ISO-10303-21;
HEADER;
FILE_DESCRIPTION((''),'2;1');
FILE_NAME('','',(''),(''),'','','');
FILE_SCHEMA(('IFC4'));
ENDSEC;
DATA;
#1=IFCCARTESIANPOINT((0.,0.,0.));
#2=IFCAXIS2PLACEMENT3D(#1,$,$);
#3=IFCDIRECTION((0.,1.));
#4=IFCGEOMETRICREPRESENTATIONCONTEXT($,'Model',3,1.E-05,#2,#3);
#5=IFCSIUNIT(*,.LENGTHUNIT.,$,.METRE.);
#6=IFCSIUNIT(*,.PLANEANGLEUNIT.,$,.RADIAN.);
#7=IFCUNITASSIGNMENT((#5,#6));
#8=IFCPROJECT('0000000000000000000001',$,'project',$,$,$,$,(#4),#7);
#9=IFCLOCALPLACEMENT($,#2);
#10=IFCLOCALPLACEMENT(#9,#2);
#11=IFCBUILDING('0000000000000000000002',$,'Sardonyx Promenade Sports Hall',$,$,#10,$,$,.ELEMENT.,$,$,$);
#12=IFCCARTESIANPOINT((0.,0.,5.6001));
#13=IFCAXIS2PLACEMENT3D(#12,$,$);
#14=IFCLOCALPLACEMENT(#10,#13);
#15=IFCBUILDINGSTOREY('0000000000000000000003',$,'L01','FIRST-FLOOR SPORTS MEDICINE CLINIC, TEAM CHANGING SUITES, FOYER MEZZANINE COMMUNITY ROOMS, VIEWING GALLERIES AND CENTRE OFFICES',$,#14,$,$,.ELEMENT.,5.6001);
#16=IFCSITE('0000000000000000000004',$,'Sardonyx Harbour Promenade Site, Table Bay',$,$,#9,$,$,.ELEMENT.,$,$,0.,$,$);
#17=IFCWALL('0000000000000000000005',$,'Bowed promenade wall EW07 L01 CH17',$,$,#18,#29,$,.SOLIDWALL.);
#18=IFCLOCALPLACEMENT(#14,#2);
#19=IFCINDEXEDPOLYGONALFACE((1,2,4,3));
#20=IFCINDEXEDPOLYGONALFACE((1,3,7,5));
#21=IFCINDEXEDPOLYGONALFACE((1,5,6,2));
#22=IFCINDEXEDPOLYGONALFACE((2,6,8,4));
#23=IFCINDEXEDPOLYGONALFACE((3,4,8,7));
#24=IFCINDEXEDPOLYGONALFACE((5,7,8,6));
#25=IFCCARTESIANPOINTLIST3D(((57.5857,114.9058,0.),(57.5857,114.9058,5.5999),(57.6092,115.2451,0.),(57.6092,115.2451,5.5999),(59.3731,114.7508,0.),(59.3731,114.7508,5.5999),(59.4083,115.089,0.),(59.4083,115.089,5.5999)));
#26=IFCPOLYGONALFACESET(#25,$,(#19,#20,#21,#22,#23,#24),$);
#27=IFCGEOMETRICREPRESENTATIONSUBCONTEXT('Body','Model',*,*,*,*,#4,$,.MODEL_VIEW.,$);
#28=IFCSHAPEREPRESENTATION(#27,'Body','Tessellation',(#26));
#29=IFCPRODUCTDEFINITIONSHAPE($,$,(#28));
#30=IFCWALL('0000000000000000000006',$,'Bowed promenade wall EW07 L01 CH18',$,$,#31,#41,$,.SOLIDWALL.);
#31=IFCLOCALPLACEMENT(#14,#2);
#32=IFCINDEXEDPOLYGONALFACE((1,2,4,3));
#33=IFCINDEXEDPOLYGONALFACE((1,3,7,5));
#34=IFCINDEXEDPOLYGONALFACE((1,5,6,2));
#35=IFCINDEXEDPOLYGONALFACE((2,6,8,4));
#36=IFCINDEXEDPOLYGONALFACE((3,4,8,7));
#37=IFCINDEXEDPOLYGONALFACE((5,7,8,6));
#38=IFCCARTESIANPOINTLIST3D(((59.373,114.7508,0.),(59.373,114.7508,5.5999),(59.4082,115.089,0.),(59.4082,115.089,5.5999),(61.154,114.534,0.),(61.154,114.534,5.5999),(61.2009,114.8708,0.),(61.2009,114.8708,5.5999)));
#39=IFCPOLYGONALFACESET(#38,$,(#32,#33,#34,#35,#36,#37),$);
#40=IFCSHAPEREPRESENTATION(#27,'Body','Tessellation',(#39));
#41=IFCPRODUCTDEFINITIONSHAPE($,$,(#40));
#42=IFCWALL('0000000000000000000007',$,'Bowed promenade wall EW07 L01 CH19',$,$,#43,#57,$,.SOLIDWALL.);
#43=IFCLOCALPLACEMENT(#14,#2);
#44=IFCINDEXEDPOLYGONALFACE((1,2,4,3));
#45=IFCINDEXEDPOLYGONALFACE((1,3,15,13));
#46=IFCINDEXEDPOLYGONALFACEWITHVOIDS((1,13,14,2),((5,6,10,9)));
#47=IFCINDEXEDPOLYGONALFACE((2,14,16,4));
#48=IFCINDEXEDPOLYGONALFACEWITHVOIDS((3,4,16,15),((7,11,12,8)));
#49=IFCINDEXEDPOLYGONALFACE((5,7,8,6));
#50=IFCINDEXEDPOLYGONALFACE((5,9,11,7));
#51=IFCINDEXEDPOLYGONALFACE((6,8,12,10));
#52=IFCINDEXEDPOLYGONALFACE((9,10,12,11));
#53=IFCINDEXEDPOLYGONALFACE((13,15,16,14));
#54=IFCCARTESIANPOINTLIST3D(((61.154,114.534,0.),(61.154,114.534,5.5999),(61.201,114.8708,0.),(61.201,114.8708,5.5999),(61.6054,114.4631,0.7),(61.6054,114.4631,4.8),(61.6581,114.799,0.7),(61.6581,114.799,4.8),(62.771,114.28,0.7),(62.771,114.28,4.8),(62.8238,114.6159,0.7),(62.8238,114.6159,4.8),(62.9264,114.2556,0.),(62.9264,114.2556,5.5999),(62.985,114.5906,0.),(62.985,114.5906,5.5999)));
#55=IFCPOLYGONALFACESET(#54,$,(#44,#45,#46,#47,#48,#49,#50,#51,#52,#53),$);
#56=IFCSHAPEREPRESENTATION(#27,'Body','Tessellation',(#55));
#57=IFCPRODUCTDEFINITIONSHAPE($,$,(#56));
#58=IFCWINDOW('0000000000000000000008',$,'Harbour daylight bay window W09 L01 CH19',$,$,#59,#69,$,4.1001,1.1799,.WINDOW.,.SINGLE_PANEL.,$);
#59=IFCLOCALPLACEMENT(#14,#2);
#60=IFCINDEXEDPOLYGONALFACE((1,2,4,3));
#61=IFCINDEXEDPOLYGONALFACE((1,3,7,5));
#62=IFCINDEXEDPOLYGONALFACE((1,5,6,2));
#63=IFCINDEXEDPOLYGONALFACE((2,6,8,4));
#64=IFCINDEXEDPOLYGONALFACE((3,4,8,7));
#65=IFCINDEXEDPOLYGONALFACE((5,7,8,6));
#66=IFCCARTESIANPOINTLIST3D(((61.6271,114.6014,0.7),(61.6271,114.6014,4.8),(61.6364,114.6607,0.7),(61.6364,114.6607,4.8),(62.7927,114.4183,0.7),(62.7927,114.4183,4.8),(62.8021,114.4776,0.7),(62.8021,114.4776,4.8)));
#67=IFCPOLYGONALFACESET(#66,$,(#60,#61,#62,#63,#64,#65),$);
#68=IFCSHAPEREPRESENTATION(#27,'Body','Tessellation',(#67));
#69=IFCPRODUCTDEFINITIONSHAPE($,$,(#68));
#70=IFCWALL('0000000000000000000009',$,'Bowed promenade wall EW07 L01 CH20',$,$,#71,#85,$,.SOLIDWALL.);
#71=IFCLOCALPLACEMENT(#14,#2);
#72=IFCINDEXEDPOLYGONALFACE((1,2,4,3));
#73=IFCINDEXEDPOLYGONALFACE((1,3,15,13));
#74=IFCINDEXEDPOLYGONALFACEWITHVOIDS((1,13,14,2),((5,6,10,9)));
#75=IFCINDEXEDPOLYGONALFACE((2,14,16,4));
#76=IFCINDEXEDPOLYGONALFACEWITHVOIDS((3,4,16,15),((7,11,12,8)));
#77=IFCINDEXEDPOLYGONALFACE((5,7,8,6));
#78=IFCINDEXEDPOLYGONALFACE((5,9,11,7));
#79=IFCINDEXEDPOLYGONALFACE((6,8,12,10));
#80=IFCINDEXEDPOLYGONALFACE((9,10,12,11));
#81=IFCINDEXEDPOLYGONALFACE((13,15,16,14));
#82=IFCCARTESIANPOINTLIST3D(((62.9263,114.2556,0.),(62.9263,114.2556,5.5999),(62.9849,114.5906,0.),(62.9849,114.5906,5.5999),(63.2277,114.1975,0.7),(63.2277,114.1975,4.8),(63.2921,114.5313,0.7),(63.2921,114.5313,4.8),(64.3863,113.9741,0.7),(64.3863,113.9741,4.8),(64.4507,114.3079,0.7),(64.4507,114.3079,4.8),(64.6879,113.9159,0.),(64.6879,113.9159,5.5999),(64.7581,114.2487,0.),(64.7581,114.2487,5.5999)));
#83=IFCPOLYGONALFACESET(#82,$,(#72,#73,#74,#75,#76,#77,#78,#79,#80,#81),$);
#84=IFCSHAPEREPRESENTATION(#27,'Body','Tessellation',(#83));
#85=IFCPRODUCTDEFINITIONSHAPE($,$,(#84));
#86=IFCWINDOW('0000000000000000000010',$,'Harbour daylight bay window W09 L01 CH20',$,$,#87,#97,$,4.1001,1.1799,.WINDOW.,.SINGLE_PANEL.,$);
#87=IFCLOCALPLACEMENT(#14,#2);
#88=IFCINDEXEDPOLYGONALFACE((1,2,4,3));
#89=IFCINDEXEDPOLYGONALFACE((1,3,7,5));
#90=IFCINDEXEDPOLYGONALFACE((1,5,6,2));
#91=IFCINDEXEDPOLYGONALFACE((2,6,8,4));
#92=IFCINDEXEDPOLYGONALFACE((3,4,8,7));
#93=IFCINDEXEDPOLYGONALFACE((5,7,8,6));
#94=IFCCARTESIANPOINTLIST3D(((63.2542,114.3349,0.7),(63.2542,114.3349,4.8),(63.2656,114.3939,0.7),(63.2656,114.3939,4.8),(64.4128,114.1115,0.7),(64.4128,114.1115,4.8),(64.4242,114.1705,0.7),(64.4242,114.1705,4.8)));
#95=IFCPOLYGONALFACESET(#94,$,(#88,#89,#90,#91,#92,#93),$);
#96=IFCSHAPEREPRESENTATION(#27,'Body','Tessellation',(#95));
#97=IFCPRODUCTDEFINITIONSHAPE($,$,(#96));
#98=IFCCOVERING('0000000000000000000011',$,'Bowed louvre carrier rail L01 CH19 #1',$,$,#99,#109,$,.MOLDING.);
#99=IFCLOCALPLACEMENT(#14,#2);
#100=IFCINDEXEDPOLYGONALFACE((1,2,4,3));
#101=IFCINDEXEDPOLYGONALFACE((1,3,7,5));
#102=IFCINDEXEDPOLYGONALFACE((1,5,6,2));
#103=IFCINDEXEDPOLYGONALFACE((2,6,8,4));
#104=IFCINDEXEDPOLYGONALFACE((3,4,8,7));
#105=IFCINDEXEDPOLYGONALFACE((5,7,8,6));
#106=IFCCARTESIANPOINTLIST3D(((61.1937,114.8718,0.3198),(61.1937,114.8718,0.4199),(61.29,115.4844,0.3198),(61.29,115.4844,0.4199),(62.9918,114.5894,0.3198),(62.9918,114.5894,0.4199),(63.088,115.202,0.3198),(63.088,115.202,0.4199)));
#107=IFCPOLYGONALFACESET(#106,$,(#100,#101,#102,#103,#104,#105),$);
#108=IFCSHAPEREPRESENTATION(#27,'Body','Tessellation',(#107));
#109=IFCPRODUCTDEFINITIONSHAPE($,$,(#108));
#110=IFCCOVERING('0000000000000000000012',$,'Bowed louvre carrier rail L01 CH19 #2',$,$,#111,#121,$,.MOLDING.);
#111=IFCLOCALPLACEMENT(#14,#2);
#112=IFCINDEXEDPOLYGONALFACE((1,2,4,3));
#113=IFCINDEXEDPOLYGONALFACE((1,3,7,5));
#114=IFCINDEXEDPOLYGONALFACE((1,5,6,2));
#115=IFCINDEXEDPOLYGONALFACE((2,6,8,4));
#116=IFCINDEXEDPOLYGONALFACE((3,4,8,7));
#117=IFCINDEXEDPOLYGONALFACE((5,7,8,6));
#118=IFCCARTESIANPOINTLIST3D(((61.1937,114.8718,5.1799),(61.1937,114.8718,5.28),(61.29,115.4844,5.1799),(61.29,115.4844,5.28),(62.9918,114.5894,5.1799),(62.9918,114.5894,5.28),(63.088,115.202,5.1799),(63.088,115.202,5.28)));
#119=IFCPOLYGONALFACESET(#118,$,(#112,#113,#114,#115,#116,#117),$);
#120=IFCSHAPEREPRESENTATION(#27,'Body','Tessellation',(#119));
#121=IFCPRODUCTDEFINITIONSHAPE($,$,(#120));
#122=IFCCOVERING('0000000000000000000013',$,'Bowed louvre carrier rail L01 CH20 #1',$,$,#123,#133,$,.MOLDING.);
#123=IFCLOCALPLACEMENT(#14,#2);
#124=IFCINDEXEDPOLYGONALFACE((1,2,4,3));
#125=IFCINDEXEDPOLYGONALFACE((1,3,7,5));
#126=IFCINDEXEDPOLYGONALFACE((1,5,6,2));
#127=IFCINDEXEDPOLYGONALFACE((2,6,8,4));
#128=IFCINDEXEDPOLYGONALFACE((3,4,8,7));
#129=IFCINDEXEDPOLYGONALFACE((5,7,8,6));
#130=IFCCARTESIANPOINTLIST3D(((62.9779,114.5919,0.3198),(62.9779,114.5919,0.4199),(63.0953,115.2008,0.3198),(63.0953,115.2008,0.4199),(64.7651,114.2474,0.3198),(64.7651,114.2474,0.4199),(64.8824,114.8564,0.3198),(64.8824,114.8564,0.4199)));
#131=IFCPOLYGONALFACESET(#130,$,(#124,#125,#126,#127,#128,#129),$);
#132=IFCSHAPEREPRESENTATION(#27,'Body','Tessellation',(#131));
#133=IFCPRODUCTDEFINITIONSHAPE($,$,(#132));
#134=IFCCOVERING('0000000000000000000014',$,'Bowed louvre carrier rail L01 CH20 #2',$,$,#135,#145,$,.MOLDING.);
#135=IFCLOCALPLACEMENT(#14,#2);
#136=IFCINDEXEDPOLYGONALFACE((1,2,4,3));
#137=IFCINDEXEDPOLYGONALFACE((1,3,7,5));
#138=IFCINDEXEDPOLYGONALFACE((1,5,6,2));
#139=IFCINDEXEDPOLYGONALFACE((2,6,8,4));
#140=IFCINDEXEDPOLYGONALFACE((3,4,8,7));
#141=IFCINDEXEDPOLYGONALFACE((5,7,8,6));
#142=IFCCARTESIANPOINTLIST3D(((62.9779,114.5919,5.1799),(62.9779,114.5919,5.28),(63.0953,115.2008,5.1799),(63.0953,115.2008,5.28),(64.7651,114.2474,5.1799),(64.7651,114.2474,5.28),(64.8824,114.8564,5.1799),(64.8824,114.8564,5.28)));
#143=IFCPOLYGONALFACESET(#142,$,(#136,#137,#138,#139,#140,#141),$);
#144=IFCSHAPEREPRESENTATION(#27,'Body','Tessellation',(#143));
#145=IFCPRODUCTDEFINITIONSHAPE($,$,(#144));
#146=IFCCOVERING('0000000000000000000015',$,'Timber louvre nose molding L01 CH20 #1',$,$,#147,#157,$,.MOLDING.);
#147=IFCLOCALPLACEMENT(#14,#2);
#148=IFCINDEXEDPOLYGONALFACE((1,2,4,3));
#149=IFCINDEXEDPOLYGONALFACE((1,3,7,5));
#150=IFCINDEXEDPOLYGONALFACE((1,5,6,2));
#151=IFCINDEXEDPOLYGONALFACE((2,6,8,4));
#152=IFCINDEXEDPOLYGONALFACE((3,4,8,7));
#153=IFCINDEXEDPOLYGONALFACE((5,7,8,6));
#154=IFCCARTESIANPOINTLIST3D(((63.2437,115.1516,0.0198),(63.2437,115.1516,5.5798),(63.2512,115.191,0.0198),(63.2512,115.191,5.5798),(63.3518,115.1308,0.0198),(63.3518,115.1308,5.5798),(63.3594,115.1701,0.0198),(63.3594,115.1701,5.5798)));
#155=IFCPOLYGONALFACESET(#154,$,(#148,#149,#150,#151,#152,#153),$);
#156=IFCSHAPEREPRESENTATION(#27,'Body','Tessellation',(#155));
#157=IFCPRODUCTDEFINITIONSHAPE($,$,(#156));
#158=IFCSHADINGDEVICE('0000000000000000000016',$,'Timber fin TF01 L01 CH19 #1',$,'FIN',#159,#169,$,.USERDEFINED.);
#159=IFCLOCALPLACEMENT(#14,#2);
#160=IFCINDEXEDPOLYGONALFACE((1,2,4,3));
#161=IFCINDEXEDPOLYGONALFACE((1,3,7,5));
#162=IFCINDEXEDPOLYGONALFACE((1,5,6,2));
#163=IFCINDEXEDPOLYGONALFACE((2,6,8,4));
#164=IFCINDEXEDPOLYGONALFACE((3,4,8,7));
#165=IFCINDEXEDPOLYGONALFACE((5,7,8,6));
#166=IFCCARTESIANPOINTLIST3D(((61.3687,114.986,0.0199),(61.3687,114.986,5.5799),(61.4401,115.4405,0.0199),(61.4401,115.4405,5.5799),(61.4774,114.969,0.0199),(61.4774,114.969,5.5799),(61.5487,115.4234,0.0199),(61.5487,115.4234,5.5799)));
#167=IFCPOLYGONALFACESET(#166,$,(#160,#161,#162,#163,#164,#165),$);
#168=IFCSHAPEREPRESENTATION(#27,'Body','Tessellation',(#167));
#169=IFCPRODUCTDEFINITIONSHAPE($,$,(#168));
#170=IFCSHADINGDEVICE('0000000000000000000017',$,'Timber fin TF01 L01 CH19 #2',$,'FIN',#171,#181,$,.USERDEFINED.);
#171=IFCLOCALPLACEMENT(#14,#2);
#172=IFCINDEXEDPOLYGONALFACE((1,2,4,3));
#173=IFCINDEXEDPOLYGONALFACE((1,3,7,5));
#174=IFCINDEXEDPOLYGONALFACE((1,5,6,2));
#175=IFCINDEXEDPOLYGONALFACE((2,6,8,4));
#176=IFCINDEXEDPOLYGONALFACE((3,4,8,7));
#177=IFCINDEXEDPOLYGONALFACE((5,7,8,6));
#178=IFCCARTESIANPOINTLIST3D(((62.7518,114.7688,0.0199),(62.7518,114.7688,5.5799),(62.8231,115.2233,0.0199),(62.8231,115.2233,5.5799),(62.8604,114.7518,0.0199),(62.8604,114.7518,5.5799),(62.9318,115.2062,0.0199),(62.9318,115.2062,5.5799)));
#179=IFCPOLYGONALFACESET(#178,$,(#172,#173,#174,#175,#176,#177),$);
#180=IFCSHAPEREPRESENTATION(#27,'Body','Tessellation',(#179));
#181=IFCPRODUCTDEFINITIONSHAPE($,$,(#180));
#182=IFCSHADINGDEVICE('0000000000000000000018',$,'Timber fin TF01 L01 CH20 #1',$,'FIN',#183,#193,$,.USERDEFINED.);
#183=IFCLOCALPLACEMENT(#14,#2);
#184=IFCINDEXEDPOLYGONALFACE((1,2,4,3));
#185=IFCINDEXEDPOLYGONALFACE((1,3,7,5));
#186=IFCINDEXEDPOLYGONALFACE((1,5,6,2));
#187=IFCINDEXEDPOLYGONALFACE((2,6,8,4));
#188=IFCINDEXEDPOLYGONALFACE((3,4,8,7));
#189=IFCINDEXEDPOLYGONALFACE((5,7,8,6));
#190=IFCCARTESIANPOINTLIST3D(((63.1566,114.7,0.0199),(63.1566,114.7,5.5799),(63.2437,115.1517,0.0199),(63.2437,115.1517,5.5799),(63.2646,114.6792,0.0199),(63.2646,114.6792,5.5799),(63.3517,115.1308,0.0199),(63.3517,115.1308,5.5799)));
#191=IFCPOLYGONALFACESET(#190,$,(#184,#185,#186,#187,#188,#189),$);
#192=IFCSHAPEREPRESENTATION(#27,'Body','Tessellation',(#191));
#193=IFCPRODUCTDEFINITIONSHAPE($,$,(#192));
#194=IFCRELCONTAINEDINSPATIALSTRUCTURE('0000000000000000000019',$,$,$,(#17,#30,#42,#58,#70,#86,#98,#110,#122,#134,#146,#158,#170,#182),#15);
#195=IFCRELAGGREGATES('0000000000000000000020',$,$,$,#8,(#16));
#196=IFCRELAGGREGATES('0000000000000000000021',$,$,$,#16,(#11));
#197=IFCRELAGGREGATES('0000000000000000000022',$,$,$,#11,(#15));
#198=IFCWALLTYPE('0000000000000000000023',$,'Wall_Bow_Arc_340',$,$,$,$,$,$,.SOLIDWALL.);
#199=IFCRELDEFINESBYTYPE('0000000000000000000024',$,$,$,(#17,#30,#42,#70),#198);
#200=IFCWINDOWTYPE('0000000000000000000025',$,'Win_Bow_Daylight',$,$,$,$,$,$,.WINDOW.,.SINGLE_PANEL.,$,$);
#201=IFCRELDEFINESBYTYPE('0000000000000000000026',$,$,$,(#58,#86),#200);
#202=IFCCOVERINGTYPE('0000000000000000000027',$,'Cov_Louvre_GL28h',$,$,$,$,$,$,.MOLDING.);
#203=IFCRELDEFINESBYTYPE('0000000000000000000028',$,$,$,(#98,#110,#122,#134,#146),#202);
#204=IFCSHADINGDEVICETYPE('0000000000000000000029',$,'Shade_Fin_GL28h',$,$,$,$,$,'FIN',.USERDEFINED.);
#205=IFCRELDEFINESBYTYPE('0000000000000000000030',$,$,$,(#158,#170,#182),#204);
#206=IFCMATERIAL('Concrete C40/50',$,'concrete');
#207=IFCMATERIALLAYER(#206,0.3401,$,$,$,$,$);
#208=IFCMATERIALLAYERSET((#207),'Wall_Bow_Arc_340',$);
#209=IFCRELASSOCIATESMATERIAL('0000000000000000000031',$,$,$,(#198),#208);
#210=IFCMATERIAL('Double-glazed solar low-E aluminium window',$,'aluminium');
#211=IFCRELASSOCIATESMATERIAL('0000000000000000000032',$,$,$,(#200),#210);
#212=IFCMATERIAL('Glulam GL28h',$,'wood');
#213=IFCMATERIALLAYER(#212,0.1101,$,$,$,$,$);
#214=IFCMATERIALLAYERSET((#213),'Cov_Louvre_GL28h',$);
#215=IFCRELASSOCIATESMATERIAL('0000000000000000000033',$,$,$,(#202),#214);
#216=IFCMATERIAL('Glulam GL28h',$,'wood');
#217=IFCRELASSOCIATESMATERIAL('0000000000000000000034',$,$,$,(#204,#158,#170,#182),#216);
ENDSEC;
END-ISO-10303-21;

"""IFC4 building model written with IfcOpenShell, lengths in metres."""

from ifc_helpers import new_model, si_unit, direction, frame, frame_2d, origin, origin_2d, place, context, subcontext, project, spatial, polyline, rectangle, outline, extrude, material, layer, layer_set, type_object, element, fill, save


model = new_model("IFC4")

# Units and contexts
model_context = context("Model", 3, precision=1e-05, world=origin(), true_north=direction((0.0, 1.0)))
body_context = subcontext(model_context, "Body", "Model", "MODEL_VIEW")
ifc_project = project(units=[si_unit("LENGTHUNIT", "METRE"), si_unit("PLANEANGLEUNIT", "RADIAN")], contexts=[model_context])

# Site, building, storey
site_placement = place(None, origin())
site = spatial("IfcSite", under=ifc_project, at=site_placement, Name="Sardonyx Harbour Promenade Site, Table Bay", CompositionType="ELEMENT", RefElevation=0.0)
building_placement = place(site_placement, origin())
building = spatial("IfcBuilding", under=site, at=building_placement, Name="Sardonyx Promenade Sports Hall", CompositionType="ELEMENT")
storey_placement = place(building_placement, frame((0.0, 0.0, 5.6001)))
storey = spatial("IfcBuildingStorey", under=building, at=storey_placement, Name="L01", Description="FIRST-FLOOR SPORTS MEDICINE CLINIC, TEAM CHANGING SUITES, FOYER MEZZANINE COMMUNITY ROOMS, VIEWING GALLERIES AND CENTRE OFFICES", CompositionType="ELEMENT", Elevation=5.6001)

# Shared definitions
ifc_material_1 = material(Name="Concrete C40/50", Category="concrete")
ifc_layer_1 = layer(ifc_material_1, 0.3401)
ifc_layer_set_1 = layer_set([ifc_layer_1], Name="Wall_Bow_Arc_340")
wall_type = type_object("IfcWallType", Name="Wall_Bow_Arc_340", PredefinedType="SOLIDWALL", material=ifc_layer_set_1)

# Shared definitions
ifc_material_2 = material(Name="Double-glazed solar low-E aluminium window", Category="aluminium")
window_type = type_object("IfcWindowType", Name="Win_Bow_Daylight", PartitioningType="SINGLE_PANEL", PredefinedType="WINDOW", material=ifc_material_2)

# Walls
wall_1_placement = place(storey_placement, frame((57.5974, 115.0754, 0.0), z_axis=(0.0, 0.0, 1.0), x_axis=(0.99626, -0.086401, 0.0)))
element("IfcWall", 1, at=wall_1_placement, inside=storey, type_object=wall_type, Name="Bowed promenade wall EW07 L01 CH17", PredefinedType="SOLIDWALL", context=body_context, shape_type="SweptSolid", body=[
    extrude(outline(polyline([(0.0029, -0.17), (1.7971, -0.17), (1.8029, 0.17), (-0.0029, 0.17), (0.0029, -0.17)])), origin(), (0.0, 0.0, 1.0), 5.5999),
])
wall_2_placement = place(storey_placement, frame((59.3906, 114.9199, 0.0), z_axis=(0.0, 0.0, 1.0), x_axis=(0.992671, -0.120846, 0.0)))
element("IfcWall", 2, at=wall_2_placement, inside=storey, type_object=wall_type, Name="Bowed promenade wall EW07 L01 CH18", PredefinedType="SOLIDWALL", context=body_context, shape_type="SweptSolid", body=[
    extrude(outline(polyline([(0.0029, -0.17), (1.7971, -0.17), (1.8029, 0.17), (-0.0029, 0.17), (0.0029, -0.17)])), origin(), (0.0, 0.0, 1.0), 5.5999),
])

# Walls, openings, windows
wall_3_placement = place(storey_placement, frame((61.1775, 114.7024, 0.0), z_axis=(0.0, 0.0, 1.0), x_axis=(0.987887, -0.155175, 0.0)))
wall_3 = element("IfcWall", 3, at=wall_3_placement, inside=storey, type_object=wall_type, Name="Bowed promenade wall EW07 L01 CH19", PredefinedType="SOLIDWALL", context=body_context, shape_type="SweptSolid", body=[
    extrude(outline(polyline([(0.0029, -0.17), (1.7971, -0.17), (1.8029, 0.17), (-0.0029, 0.17), (0.0029, -0.17)])), origin(), (0.0, 0.0, 1.0), 5.5999),
])
opening_1_placement = place(wall_3_placement, frame((0.46, 0.0, 0.7)))
opening_1 = element("IfcOpeningElement", 4, at=opening_1_placement, cuts=wall_3, PredefinedType="OPENING", context=body_context, shape_type="SweptSolid", body=[
    extrude(rectangle(XDim=1.1799, YDim=4.1001, at=frame_2d((0.5898, 2.05))), frame((0.0, 0.18, 0.0), z_axis=(0.0, -1.0, 0.0), x_axis=(1.0, 0.0, 0.0)), (0.0, 0.0, 1.0), 0.36),
])
window_1_placement = place(opening_1_placement, origin())
window_1 = element("IfcWindow", 5, at=window_1_placement, inside=storey, type_object=window_type, Name="Harbour daylight bay window W09 L01 CH19", OverallHeight=4.1001, OverallWidth=1.1799, PartitioningType="SINGLE_PANEL", PredefinedType="WINDOW", context=body_context, shape_type="SweptSolid", body=[
    extrude(rectangle(XDim=1.1799, YDim=4.1001, at=frame_2d((0.5898, 2.05))), frame((0.0, 0.03, 0.0), z_axis=(0.0, -1.0, 0.0), x_axis=(1.0, 0.0, 0.0)), (0.0, 0.0, 1.0), 0.0601),
])
fill(opening_1, window_1)
wall_4_placement = place(storey_placement, frame((62.9556, 114.4231, 0.0), z_axis=(0.0, 0.0, 1.0), x_axis=(0.981913, -0.18933, 0.0)))
wall_4 = element("IfcWall", 6, at=wall_4_placement, inside=storey, type_object=wall_type, Name="Bowed promenade wall EW07 L01 CH20", PredefinedType="SOLIDWALL", context=body_context, shape_type="SweptSolid", body=[
    extrude(outline(polyline([(0.0029, -0.17), (1.7971, -0.17), (1.8029, 0.17), (-0.0029, 0.17), (0.0029, -0.17)])), origin(), (0.0, 0.0, 1.0), 5.5999),
])
opening_2_placement = place(wall_4_placement, frame((0.3101, 0.0, 0.7)))
opening_2 = element("IfcOpeningElement", 7, at=opening_2_placement, cuts=wall_4, PredefinedType="OPENING", context=body_context, shape_type="SweptSolid", body=[
    extrude(rectangle(XDim=1.1799, YDim=4.1001, at=frame_2d((0.5898, 2.05))), frame((0.0, 0.18, 0.0), z_axis=(0.0, -1.0, 0.0), x_axis=(1.0, 0.0, 0.0)), (0.0, 0.0, 1.0), 0.36),
])
window_2_placement = place(opening_2_placement, origin())
window_2 = element("IfcWindow", 8, at=window_2_placement, inside=storey, type_object=window_type, Name="Harbour daylight bay window W09 L01 CH20", OverallHeight=4.1001, OverallWidth=1.1799, PartitioningType="SINGLE_PANEL", PredefinedType="WINDOW", context=body_context, shape_type="SweptSolid", body=[
    extrude(rectangle(XDim=1.1799, YDim=4.1001, at=frame_2d((0.5898, 2.05))), frame((0.0, 0.03, 0.0), z_axis=(0.0, -1.0, 0.0), x_axis=(1.0, 0.0, 0.0)), (0.0, 0.0, 1.0), 0.0601),
])
fill(opening_2, window_2)

# Coverings
ifc_material_3 = material(Name="Glulam GL28h", Category="wood")
ifc_layer_2 = layer(ifc_material_3, 0.1101)
ifc_layer_set_2 = layer_set([ifc_layer_2], Name="Cov_Louvre_GL28h")
covering_type = type_object("IfcCoveringType", Name="Cov_Louvre_GL28h", PredefinedType="MOLDING", material=ifc_layer_set_2)
for number, where, z_axis, x_axis, name in (
    (9, (62.1409, 115.0369, 0.3198), (0.0, 0.0, 1.0), (0.987891, -0.155148, 0.0), "Bowed louvre carrier rail L01 CH19 #1"),
    (10, (62.1409, 115.0369, 5.1799), (0.0, 0.0, 1.0), (0.987891, -0.155148, 0.0), "Bowed louvre carrier rail L01 CH19 #2"),
    (11, (63.9302, 114.7241, 0.3198), (0.0, 0.0, 1.0), (0.98193, -0.189246, 0.0), "Bowed louvre carrier rail L01 CH20 #1"),
    (12, (63.9302, 114.7241, 5.1799), (0.0, 0.0, 1.0), (0.98193, -0.189246, 0.0), "Bowed louvre carrier rail L01 CH20 #2"),
):
    element("IfcCovering", number, at=place(storey_placement, frame(where, z_axis=z_axis, x_axis=x_axis)), inside=storey, type_object=covering_type, Name=name, PredefinedType="MOLDING", context=body_context, shape_type="SweptSolid", body=[
        extrude(rectangle(XDim=1.8201, YDim=0.6201, at=origin_2d()), origin(), (0.0, 0.0, 1.0), 0.1001),
    ])
covering_placement = place(storey_placement, frame((63.3015, 115.1609, 0.0198), z_axis=(0.0, 0.0, 1.0), x_axis=(0.98193, -0.189246, 0.0)))
element("IfcCovering", 13, at=covering_placement, inside=storey, type_object=covering_type, Name="Timber louvre nose molding L01 CH20 #1", PredefinedType="MOLDING", context=body_context, shape_type="SweptSolid", body=[
    extrude(rectangle(XDim=0.1101, YDim=0.04, at=origin_2d()), origin(), (0.0, 0.0, 1.0), 5.5601),
])

# Shading devices
ifc_material_4 = material(Name="Glulam GL28h", Category="wood")
shading_device_type = type_object("IfcShadingDeviceType", Name="Shade_Fin_GL28h", ElementType="FIN", PredefinedType="USERDEFINED", material=ifc_material_4)
for number, where, z_axis, x_axis, name in (
    (14, (61.4587, 115.2047, 0.0199), (0.0, 0.0, 1.0), (0.987891, -0.155148, 0.0), "Timber fin TF01 L01 CH19 #1"),
    (15, (62.8418, 114.9875, 0.0199), (0.0, 0.0, 1.0), (0.987891, -0.155148, 0.0), "Timber fin TF01 L01 CH19 #2"),
    (16, (63.2542, 114.9154, 0.0199), (0.0, 0.0, 1.0), (0.98193, -0.189246, 0.0), "Timber fin TF01 L01 CH20 #1"),
):
    element("IfcShadingDevice", number, at=place(storey_placement, frame(where, z_axis=z_axis, x_axis=x_axis)), inside=storey, type_object=shading_device_type, material=ifc_material_4, Name=name, ObjectType="FIN", PredefinedType="USERDEFINED", context=body_context, shape_type="SweptSolid", body=[
        extrude(rectangle(XDim=0.11, YDim=0.46), origin(), (0.0, 0.0, 1.0), 5.56),
    ])

save(model, "model.ifc")
